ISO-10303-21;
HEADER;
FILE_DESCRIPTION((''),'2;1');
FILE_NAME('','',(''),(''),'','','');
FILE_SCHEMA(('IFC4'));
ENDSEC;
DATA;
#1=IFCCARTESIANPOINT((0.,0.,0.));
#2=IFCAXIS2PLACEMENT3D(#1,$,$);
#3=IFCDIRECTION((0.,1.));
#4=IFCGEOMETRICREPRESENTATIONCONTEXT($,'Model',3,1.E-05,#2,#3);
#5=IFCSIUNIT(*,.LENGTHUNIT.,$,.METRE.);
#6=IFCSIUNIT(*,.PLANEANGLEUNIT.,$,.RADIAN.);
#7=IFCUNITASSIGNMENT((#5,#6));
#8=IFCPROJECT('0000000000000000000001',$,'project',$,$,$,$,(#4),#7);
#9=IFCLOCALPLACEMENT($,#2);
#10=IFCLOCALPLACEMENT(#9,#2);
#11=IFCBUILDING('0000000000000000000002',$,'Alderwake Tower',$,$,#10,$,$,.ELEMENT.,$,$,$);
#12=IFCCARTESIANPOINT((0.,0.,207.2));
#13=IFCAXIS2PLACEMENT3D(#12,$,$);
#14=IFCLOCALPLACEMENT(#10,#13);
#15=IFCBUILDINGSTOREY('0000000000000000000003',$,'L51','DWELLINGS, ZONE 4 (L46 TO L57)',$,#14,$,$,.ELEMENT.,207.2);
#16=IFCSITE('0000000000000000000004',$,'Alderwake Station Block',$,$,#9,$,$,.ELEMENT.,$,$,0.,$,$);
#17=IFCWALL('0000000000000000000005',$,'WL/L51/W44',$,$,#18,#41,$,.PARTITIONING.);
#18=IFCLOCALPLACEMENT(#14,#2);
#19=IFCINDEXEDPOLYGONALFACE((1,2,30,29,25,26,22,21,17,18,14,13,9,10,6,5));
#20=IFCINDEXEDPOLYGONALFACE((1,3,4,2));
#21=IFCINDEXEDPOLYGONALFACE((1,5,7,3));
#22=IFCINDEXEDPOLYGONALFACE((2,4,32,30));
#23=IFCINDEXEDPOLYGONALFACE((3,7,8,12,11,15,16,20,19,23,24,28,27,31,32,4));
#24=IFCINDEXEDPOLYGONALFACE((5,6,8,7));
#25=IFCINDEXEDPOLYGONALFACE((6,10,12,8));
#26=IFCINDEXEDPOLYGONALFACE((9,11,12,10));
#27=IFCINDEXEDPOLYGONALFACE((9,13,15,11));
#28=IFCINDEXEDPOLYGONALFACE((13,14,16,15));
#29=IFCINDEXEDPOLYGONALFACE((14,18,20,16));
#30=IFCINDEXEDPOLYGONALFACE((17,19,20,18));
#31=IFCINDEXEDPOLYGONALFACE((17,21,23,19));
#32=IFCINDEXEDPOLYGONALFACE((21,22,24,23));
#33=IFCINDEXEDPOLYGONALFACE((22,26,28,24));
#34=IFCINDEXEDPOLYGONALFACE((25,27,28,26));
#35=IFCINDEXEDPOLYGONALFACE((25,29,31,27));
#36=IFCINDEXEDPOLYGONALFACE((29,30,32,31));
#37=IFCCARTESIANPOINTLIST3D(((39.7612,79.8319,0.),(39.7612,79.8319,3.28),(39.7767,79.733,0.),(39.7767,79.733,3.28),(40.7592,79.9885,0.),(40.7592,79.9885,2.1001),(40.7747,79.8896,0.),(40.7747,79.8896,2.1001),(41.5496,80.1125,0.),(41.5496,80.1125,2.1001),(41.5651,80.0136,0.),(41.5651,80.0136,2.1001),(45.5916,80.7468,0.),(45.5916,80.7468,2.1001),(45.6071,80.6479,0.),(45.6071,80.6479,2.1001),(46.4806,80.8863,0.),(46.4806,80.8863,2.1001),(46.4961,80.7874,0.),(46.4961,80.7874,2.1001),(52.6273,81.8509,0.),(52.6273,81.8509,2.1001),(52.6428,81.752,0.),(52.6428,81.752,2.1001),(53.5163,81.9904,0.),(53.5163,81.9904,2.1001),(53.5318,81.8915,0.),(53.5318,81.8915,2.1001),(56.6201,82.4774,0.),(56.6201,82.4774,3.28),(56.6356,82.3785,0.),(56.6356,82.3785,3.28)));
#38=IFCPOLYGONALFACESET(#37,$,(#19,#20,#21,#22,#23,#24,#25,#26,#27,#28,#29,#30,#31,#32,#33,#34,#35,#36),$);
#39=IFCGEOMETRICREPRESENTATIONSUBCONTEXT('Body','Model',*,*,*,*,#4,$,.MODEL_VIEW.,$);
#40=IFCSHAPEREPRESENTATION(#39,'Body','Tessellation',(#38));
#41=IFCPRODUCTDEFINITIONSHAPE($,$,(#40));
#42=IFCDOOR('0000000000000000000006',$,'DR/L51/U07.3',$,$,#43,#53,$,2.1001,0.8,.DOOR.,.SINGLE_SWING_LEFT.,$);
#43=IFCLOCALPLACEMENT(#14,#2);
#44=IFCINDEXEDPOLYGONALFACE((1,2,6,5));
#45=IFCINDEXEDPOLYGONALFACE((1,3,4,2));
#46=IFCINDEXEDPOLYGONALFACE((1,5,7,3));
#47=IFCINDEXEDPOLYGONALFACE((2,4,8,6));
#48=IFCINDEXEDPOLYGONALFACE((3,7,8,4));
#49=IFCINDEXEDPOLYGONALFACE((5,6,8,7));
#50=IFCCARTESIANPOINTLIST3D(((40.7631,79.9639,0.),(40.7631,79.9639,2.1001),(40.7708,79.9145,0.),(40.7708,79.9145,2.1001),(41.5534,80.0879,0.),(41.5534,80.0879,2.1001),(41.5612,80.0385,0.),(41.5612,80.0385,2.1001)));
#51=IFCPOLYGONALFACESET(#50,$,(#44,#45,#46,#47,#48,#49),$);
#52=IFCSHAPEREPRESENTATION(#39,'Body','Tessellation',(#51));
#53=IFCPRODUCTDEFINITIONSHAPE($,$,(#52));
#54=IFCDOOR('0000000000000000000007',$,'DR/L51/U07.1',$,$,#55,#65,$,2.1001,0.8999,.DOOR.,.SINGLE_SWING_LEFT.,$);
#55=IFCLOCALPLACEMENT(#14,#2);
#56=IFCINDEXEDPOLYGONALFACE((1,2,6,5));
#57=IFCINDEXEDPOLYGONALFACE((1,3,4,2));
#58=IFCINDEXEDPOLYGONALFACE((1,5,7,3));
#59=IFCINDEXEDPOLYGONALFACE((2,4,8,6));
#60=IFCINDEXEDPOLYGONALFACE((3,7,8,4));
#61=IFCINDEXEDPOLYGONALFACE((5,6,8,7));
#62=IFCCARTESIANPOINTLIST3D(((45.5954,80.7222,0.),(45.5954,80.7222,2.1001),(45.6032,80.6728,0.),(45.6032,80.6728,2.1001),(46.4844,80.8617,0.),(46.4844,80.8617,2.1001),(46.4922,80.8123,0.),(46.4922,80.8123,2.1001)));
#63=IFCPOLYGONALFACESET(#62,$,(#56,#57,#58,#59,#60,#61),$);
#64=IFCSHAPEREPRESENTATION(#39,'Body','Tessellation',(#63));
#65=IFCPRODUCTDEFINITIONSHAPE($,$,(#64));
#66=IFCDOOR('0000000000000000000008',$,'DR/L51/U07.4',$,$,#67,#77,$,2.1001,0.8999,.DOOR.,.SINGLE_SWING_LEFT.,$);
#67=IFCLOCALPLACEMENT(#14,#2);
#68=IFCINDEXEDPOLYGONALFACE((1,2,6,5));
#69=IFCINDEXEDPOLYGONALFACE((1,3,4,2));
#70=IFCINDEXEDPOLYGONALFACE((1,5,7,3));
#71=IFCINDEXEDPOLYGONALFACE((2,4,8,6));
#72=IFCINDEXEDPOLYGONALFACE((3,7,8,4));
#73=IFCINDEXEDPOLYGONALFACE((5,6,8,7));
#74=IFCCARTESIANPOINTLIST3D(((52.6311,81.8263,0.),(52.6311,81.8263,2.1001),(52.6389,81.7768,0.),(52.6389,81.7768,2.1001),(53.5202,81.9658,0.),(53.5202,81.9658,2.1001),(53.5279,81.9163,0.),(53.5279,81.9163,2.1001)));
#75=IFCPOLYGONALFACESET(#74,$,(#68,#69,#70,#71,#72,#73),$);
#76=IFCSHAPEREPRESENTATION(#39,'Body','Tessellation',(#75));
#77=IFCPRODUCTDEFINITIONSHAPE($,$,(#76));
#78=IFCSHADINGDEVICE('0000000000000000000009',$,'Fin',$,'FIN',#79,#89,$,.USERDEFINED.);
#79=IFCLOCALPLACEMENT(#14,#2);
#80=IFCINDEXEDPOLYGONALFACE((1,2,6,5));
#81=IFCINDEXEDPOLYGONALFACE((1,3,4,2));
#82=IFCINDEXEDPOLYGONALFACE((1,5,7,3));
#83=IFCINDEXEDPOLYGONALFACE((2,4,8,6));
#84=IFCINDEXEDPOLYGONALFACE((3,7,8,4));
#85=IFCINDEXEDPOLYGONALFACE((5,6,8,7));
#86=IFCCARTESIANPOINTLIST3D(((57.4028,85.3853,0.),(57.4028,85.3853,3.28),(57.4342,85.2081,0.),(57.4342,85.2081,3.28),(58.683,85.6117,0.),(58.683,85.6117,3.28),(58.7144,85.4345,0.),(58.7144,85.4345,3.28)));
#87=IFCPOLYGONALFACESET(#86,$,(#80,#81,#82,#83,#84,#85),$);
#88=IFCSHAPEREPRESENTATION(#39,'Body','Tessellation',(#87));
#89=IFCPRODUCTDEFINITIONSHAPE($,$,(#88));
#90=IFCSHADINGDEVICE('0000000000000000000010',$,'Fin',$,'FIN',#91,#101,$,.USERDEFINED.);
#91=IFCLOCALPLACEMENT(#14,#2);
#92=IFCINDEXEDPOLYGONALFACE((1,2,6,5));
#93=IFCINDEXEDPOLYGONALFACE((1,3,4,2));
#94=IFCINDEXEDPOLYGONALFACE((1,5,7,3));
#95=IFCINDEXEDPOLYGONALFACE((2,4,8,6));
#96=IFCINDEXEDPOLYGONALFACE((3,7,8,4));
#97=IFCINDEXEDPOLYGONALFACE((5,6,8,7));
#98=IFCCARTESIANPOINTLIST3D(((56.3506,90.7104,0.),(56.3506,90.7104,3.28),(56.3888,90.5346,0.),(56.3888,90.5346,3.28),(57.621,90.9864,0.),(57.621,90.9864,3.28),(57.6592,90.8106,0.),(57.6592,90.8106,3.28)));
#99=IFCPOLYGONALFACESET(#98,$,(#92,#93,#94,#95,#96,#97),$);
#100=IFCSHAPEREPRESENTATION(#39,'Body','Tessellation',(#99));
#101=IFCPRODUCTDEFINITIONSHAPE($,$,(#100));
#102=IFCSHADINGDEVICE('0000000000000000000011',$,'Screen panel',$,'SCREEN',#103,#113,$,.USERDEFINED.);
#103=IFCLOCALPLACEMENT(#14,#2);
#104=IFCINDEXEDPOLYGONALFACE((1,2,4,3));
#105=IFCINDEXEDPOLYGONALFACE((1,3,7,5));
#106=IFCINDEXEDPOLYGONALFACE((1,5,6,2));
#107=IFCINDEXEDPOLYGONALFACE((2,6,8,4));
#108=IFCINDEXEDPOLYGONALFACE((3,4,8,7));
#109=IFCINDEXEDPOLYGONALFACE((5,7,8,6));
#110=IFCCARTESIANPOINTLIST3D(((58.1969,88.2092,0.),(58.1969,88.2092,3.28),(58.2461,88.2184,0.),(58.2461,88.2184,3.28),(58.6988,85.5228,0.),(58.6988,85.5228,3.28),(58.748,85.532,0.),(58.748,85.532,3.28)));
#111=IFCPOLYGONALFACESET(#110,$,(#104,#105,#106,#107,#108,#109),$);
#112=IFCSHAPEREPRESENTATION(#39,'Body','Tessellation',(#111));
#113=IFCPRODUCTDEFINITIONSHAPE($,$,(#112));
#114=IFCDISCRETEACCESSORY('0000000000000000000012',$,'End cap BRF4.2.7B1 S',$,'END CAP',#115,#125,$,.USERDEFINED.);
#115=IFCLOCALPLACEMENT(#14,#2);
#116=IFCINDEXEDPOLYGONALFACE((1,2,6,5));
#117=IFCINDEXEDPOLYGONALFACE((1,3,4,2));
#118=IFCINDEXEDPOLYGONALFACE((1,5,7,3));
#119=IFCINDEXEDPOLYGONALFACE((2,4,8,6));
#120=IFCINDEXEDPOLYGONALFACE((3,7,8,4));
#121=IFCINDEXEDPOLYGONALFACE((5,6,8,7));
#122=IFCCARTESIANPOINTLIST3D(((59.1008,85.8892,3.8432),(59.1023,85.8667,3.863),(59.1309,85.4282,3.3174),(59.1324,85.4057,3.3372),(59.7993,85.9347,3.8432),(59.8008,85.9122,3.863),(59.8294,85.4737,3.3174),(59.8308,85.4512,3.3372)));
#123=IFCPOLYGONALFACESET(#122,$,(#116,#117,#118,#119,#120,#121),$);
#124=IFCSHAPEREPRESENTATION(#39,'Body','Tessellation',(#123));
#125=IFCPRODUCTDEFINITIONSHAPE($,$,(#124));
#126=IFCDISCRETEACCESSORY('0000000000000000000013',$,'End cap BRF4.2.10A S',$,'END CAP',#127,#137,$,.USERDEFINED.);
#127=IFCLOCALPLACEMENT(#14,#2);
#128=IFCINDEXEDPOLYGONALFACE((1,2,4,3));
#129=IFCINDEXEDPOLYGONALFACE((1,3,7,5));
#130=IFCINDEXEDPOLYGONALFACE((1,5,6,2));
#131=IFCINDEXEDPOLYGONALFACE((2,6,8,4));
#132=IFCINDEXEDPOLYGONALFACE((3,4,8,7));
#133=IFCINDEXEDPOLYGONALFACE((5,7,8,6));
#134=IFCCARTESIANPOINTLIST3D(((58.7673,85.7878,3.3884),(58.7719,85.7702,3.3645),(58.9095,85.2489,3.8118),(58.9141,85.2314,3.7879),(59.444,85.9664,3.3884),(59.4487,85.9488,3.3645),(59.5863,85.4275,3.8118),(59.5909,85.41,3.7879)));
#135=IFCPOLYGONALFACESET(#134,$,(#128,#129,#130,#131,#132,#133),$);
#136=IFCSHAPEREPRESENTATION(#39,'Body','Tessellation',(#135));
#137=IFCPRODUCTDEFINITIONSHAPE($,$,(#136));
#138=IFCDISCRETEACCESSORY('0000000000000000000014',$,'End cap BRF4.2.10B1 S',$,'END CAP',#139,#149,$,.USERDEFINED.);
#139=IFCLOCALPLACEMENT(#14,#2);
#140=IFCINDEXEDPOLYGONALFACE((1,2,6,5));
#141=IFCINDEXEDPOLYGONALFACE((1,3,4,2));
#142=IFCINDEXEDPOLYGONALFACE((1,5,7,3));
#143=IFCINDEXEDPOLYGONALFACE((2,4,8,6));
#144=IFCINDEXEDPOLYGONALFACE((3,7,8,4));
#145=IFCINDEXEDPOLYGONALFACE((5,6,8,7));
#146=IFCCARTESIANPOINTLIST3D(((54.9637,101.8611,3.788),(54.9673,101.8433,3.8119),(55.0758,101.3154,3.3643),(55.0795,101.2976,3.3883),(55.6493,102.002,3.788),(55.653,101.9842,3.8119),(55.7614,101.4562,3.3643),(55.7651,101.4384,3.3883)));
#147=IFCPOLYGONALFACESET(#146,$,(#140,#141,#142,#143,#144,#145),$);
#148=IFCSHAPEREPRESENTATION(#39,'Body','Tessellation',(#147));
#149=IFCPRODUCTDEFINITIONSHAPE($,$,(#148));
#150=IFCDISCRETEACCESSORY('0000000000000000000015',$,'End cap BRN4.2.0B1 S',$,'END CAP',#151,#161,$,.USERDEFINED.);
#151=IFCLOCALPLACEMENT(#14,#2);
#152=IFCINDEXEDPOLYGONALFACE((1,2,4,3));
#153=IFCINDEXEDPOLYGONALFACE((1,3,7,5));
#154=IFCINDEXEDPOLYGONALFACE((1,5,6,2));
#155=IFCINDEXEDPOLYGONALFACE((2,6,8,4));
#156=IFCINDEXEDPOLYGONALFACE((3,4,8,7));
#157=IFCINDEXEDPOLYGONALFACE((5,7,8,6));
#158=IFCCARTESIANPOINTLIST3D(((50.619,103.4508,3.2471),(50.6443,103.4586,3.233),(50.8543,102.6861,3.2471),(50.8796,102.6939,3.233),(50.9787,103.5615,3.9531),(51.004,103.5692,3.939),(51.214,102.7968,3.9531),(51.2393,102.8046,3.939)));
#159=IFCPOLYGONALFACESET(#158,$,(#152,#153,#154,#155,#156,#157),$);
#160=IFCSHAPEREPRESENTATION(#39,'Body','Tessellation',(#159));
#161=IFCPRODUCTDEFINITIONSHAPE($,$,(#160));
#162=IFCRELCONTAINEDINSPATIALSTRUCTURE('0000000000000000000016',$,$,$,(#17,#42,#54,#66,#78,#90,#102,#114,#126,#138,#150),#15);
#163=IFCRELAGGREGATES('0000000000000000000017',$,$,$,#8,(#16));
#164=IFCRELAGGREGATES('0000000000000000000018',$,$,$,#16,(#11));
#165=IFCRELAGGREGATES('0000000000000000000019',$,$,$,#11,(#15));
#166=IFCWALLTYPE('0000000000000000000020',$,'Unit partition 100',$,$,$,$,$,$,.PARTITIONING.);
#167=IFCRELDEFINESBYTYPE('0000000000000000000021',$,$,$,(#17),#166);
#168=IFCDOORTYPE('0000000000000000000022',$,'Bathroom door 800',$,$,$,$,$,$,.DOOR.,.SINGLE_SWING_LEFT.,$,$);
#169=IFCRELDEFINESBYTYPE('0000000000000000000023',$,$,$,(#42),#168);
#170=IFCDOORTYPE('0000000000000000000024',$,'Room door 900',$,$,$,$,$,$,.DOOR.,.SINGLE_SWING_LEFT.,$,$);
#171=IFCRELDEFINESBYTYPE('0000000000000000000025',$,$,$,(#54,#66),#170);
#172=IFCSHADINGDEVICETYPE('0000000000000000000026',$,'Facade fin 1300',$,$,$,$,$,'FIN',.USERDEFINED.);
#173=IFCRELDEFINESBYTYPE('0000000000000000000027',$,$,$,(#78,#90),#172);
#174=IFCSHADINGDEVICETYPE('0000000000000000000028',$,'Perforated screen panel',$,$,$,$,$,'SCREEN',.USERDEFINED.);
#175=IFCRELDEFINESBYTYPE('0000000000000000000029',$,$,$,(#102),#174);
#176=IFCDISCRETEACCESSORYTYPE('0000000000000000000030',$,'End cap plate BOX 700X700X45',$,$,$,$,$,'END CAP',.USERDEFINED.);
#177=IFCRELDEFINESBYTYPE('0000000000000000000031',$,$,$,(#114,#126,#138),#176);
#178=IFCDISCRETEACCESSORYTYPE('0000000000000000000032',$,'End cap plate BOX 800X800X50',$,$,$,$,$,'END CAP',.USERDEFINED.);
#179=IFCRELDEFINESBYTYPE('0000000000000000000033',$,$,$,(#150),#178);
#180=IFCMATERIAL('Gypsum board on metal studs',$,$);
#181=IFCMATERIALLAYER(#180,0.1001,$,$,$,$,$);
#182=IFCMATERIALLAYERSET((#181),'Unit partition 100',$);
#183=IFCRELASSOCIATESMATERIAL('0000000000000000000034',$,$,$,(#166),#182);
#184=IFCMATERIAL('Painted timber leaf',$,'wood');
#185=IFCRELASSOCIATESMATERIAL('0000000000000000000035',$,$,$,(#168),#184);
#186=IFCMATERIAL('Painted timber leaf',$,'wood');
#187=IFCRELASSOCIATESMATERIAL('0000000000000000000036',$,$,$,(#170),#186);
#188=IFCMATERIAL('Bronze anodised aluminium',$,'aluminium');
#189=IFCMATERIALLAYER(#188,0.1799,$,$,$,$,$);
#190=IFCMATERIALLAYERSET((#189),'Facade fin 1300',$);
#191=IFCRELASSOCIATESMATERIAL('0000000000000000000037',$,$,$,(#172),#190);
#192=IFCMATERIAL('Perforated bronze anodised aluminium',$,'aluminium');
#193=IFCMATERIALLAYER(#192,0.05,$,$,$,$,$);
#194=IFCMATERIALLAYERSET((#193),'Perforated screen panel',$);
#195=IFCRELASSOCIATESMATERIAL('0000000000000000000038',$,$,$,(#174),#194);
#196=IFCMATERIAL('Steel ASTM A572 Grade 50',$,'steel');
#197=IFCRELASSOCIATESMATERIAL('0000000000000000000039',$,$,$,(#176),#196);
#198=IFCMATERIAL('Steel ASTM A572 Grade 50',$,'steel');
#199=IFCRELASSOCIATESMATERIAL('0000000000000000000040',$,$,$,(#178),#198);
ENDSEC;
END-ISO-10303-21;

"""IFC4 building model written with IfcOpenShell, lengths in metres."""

from ifc_helpers import new_model, si_unit, direction, frame, frame_2d, origin, origin_2d, place, context, subcontext, project, spatial, rectangle, extrude, material, layer, layer_set, material_profile, profile_set, type_object, element, fill, save


model = new_model("IFC4")

# Units and contexts
model_context = context("Model", 3, precision=1e-05, world=origin(), true_north=direction((0.0, 1.0)))
body_context = subcontext(model_context, "Body", "Model", "MODEL_VIEW")
ifc_project = project(units=[si_unit("LENGTHUNIT", "METRE"), si_unit("PLANEANGLEUNIT", "RADIAN")], contexts=[model_context])

# Site, building, storey
site_placement = place(None, origin())
site = spatial("IfcSite", under=ifc_project, at=site_placement, Name="Alderwake Station Block", CompositionType="ELEMENT", RefElevation=0.0)
building_placement = place(site_placement, origin())
building = spatial("IfcBuilding", under=site, at=building_placement, Name="Alderwake Tower", CompositionType="ELEMENT")
storey_placement = place(building_placement, frame((0.0, 0.0, 207.2)))
storey = spatial("IfcBuildingStorey", under=building, at=storey_placement, Name="L51", Description="DWELLINGS, ZONE 4 (L46 TO L57)", CompositionType="ELEMENT", Elevation=207.2)

# Wall, openings, doors
ifc_material_1 = material(Name="Gypsum board on metal studs")
ifc_layer_1 = layer(ifc_material_1, 0.1001)
ifc_layer_set_1 = layer_set([ifc_layer_1], Name="Unit partition 100")
wall_type_1 = type_object("IfcWallType", Name="Unit partition 100", PredefinedType="PARTITIONING", material=ifc_layer_set_1)
wall_1_placement = place(storey_placement, frame((56.6279, 82.428, 0.0), z_axis=(0.0, 0.0, 1.0), x_axis=(-0.987911, -0.155024, 0.0)))
wall_1 = element("IfcWall", 1, at=wall_1_placement, inside=storey, type_object=wall_type_1, Name="WL/L51/W44", PredefinedType="PARTITIONING", context=body_context, shape_type="SweptSolid", body=[
    extrude(rectangle(XDim=17.0652, YDim=0.1001, at=frame_2d((8.5327, 0.0))), origin(), (0.0, 0.0, 1.0), 3.28),
])
opening_1_placement = place(wall_1_placement, frame((10.2637, 0.0, 0.0)))
opening_1 = element("IfcOpeningElement", 2, at=opening_1_placement, cuts=wall_1, PredefinedType="OPENING", context=body_context, shape_type="SweptSolid", body=[
    extrude(rectangle(XDim=0.8999, YDim=2.1001, at=frame_2d((0.45, 1.05))), frame((0.0, 0.0601, 0.0), z_axis=(0.0, -1.0, 0.0), x_axis=(1.0, 0.0, 0.0)), (0.0, 0.0, 1.0), 0.1201),
])
opening_2_placement = place(wall_1_placement, frame((15.2551, 0.0, 0.0)))
opening_2 = element("IfcOpeningElement", 3, at=opening_2_placement, cuts=wall_1, PredefinedType="OPENING", context=body_context, shape_type="SweptSolid", body=[
    extrude(rectangle(XDim=0.8, YDim=2.1001, at=frame_2d((0.3999, 1.05))), frame((0.0, 0.0601, 0.0), z_axis=(0.0, -1.0, 0.0), x_axis=(1.0, 0.0, 0.0)), (0.0, 0.0, 1.0), 0.1201),
])
opening_3_placement = place(wall_1_placement, frame((3.1418, 0.0, 0.0)))
opening_3 = element("IfcOpeningElement", 4, at=opening_3_placement, cuts=wall_1, PredefinedType="OPENING", context=body_context, shape_type="SweptSolid", body=[
    extrude(rectangle(XDim=0.8999, YDim=2.1001, at=frame_2d((0.45, 1.05))), frame((0.0, 0.0601, 0.0), z_axis=(0.0, -1.0, 0.0), x_axis=(1.0, 0.0, 0.0)), (0.0, 0.0, 1.0), 0.1201),
])
ifc_material_2 = material(Name="Painted timber leaf", Category="wood")
door_type_1 = type_object("IfcDoorType", Name="Bathroom door 800", OperationType="SINGLE_SWING_LEFT", PredefinedType="DOOR", material=ifc_material_2)
door_1_placement = place(opening_2_placement, origin())
door_1 = element("IfcDoor", 5, at=door_1_placement, inside=storey, type_object=door_type_1, Name="DR/L51/U07.3", OperationType="SINGLE_SWING_LEFT", OverallHeight=2.1001, OverallWidth=0.8, PredefinedType="DOOR", context=body_context, shape_type="SweptSolid", body=[
    extrude(rectangle(XDim=0.8, YDim=2.1001, at=frame_2d((0.3999, 1.05))), frame((0.0, 0.0249, 0.0), z_axis=(0.0, -1.0, 0.0), x_axis=(1.0, 0.0, 0.0)), (0.0, 0.0, 1.0), 0.05),
])
fill(opening_2, door_1)
ifc_material_3 = material(Name="Painted timber leaf", Category="wood")
door_type_2 = type_object("IfcDoorType", Name="Room door 900", OperationType="SINGLE_SWING_LEFT", PredefinedType="DOOR", material=ifc_material_3)
door_2_placement = place(opening_1_placement, origin())
door_2 = element("IfcDoor", 6, at=door_2_placement, inside=storey, type_object=door_type_2, Name="DR/L51/U07.1", OperationType="SINGLE_SWING_LEFT", OverallHeight=2.1001, OverallWidth=0.8999, PredefinedType="DOOR", context=body_context, shape_type="SweptSolid", body=[
    extrude(rectangle(XDim=0.8999, YDim=2.1001, at=frame_2d((0.45, 1.05))), frame((0.0, 0.0249, 0.0), z_axis=(0.0, -1.0, 0.0), x_axis=(1.0, 0.0, 0.0)), (0.0, 0.0, 1.0), 0.05),
])
fill(opening_1, door_2)
door_3_placement = place(opening_3_placement, origin())
door_3 = element("IfcDoor", 7, at=door_3_placement, inside=storey, type_object=door_type_2, Name="DR/L51/U07.4", OperationType="SINGLE_SWING_LEFT", OverallHeight=2.1001, OverallWidth=0.8999, PredefinedType="DOOR", context=body_context, shape_type="SweptSolid", body=[
    extrude(rectangle(XDim=0.8999, YDim=2.1001, at=frame_2d((0.45, 1.05))), frame((0.0, 0.0249, 0.0), z_axis=(0.0, -1.0, 0.0), x_axis=(1.0, 0.0, 0.0)), (0.0, 0.0, 1.0), 0.05),
])
fill(opening_3, door_3)

# Shading devices
ifc_material_4 = material(Name="Bronze anodised aluminium", Category="aluminium")
ifc_layer_2 = layer(ifc_material_4, 0.1799)
ifc_layer_set_2 = layer_set([ifc_layer_2], Name="Facade fin 1300")
shading_device_type_1 = type_object("IfcShadingDeviceType", Name="Facade fin 1300", ElementType="FIN", PredefinedType="USERDEFINED", material=ifc_layer_set_2)
for number, where, z_axis, x_axis, name in (
    (8, (58.0586, 85.4099, 0.0), (0.0, 0.0, 1.0), (0.984726, 0.174109, 0.0), "Fin"),
    (9, (57.0049, 90.7605, 0.0), (0.0, 0.0, 1.0), (0.97721, 0.212273, 0.0), "Fin"),
):
    element("IfcShadingDevice", number, at=place(storey_placement, frame(where, z_axis=z_axis, x_axis=x_axis)), inside=storey, type_object=shading_device_type_1, Name=name, ObjectType="FIN", PredefinedType="USERDEFINED", context=body_context, shape_type="SweptSolid", body=[
        extrude(rectangle(XDim=1.3, YDim=0.1799, at=origin_2d()), origin(), (0.0, 0.0, 1.0), 3.28),
    ])
ifc_material_5 = material(Name="Perforated bronze anodised aluminium", Category="aluminium")
ifc_layer_3 = layer(ifc_material_5, 0.05)
ifc_layer_set_3 = layer_set([ifc_layer_3], Name="Perforated screen panel")
shading_device_type_2 = type_object("IfcShadingDeviceType", Name="Perforated screen panel", ElementType="SCREEN", PredefinedType="USERDEFINED", material=ifc_layer_set_3)
shading_device_placement = place(storey_placement, frame((58.4724, 86.8706, 0.0), z_axis=(0.0, 0.0, 1.0), x_axis=(0.982991, 0.183651, 0.0)))
element("IfcShadingDevice", 10, at=shading_device_placement, inside=storey, type_object=shading_device_type_2, Name="Screen panel", ObjectType="SCREEN", PredefinedType="USERDEFINED", context=body_context, shape_type="SweptSolid", body=[
    extrude(rectangle(XDim=0.05, YDim=2.7329, at=origin_2d()), origin(), (0.0, 0.0, 1.0), 3.28),
])

# Discrete accessories
ifc_material_6 = material(Name="Steel ASTM A572 Grade 50", Category="steel")
ifc_material_profile_1 = material_profile(ifc_material_6, rectangle(XDim=0.7, YDim=0.7, at=origin_2d()), Name="BOX 700X700X45 cap")
ifc_profile_set_1 = profile_set([ifc_material_profile_1], Name="Steel ASTM A572 Grade 50")
discrete_accessory_type_1 = type_object("IfcDiscreteAccessoryType", Name="End cap plate BOX 700X700X45", ElementType="END CAP", PredefinedType="USERDEFINED", material=ifc_profile_set_1)
for number, where, z_axis, x_axis, name in (
    (11, (59.4666, 85.6589, 3.6001), (-0.04889, 0.749654, -0.660022), (-0.99788, -0.065079, 0.0), "End cap BRF4.2.7B1 S"),
    (12, (59.1768, 85.6077, 3.6001), (0.15437, -0.584979, -0.796222), (0.9669, 0.255154, 0.0), "End cap BRF4.2.10A S"),
    (13, (55.3662, 101.6409, 3.6001), (-0.121835, 0.592928, -0.795985), (-0.979535, -0.201274, 0.0), "End cap BRF4.2.10B1 S"),
):
    element("IfcDiscreteAccessory", number, at=place(storey_placement, frame(where, z_axis=z_axis, x_axis=x_axis)), inside=storey, type_object=discrete_accessory_type_1, Name=name, ObjectType="END CAP", PredefinedType="USERDEFINED", context=body_context, shape_type="SweptSolid", body=[
        extrude(rectangle(XDim=0.7, YDim=0.7, at=origin_2d()), origin(), (0.0, 0.0, 1.0), 0.03),
    ])
ifc_material_7 = material(Name="Steel ASTM A572 Grade 50", Category="steel")
ifc_material_profile_2 = material_profile(ifc_material_7, rectangle(XDim=0.8, YDim=0.8, at=origin_2d()), Name="BOX 800X800X50 cap")
ifc_profile_set_2 = profile_set([ifc_material_profile_2], Name="Steel ASTM A572 Grade 50")
discrete_accessory_type_2 = type_object("IfcDiscreteAccessoryType", Name="End cap plate BOX 800X800X50", ElementType="END CAP", PredefinedType="USERDEFINED", material=ifc_profile_set_2)
discrete_accessory_placement = place(storey_placement, frame((50.9165, 103.1238, 3.6001), z_axis=(0.84344, 0.25952, -0.47038), x_axis=(-0.294086, 0.955779, 0.0)))
element("IfcDiscreteAccessory", 14, at=discrete_accessory_placement, inside=storey, type_object=discrete_accessory_type_2, Name="End cap BRN4.2.0B1 S", ObjectType="END CAP", PredefinedType="USERDEFINED", context=body_context, shape_type="SweptSolid", body=[
    extrude(rectangle(XDim=0.8, YDim=0.8, at=origin_2d()), origin(), (0.0, 0.0, 1.0), 0.03),
])

save(model, "model.ifc")
